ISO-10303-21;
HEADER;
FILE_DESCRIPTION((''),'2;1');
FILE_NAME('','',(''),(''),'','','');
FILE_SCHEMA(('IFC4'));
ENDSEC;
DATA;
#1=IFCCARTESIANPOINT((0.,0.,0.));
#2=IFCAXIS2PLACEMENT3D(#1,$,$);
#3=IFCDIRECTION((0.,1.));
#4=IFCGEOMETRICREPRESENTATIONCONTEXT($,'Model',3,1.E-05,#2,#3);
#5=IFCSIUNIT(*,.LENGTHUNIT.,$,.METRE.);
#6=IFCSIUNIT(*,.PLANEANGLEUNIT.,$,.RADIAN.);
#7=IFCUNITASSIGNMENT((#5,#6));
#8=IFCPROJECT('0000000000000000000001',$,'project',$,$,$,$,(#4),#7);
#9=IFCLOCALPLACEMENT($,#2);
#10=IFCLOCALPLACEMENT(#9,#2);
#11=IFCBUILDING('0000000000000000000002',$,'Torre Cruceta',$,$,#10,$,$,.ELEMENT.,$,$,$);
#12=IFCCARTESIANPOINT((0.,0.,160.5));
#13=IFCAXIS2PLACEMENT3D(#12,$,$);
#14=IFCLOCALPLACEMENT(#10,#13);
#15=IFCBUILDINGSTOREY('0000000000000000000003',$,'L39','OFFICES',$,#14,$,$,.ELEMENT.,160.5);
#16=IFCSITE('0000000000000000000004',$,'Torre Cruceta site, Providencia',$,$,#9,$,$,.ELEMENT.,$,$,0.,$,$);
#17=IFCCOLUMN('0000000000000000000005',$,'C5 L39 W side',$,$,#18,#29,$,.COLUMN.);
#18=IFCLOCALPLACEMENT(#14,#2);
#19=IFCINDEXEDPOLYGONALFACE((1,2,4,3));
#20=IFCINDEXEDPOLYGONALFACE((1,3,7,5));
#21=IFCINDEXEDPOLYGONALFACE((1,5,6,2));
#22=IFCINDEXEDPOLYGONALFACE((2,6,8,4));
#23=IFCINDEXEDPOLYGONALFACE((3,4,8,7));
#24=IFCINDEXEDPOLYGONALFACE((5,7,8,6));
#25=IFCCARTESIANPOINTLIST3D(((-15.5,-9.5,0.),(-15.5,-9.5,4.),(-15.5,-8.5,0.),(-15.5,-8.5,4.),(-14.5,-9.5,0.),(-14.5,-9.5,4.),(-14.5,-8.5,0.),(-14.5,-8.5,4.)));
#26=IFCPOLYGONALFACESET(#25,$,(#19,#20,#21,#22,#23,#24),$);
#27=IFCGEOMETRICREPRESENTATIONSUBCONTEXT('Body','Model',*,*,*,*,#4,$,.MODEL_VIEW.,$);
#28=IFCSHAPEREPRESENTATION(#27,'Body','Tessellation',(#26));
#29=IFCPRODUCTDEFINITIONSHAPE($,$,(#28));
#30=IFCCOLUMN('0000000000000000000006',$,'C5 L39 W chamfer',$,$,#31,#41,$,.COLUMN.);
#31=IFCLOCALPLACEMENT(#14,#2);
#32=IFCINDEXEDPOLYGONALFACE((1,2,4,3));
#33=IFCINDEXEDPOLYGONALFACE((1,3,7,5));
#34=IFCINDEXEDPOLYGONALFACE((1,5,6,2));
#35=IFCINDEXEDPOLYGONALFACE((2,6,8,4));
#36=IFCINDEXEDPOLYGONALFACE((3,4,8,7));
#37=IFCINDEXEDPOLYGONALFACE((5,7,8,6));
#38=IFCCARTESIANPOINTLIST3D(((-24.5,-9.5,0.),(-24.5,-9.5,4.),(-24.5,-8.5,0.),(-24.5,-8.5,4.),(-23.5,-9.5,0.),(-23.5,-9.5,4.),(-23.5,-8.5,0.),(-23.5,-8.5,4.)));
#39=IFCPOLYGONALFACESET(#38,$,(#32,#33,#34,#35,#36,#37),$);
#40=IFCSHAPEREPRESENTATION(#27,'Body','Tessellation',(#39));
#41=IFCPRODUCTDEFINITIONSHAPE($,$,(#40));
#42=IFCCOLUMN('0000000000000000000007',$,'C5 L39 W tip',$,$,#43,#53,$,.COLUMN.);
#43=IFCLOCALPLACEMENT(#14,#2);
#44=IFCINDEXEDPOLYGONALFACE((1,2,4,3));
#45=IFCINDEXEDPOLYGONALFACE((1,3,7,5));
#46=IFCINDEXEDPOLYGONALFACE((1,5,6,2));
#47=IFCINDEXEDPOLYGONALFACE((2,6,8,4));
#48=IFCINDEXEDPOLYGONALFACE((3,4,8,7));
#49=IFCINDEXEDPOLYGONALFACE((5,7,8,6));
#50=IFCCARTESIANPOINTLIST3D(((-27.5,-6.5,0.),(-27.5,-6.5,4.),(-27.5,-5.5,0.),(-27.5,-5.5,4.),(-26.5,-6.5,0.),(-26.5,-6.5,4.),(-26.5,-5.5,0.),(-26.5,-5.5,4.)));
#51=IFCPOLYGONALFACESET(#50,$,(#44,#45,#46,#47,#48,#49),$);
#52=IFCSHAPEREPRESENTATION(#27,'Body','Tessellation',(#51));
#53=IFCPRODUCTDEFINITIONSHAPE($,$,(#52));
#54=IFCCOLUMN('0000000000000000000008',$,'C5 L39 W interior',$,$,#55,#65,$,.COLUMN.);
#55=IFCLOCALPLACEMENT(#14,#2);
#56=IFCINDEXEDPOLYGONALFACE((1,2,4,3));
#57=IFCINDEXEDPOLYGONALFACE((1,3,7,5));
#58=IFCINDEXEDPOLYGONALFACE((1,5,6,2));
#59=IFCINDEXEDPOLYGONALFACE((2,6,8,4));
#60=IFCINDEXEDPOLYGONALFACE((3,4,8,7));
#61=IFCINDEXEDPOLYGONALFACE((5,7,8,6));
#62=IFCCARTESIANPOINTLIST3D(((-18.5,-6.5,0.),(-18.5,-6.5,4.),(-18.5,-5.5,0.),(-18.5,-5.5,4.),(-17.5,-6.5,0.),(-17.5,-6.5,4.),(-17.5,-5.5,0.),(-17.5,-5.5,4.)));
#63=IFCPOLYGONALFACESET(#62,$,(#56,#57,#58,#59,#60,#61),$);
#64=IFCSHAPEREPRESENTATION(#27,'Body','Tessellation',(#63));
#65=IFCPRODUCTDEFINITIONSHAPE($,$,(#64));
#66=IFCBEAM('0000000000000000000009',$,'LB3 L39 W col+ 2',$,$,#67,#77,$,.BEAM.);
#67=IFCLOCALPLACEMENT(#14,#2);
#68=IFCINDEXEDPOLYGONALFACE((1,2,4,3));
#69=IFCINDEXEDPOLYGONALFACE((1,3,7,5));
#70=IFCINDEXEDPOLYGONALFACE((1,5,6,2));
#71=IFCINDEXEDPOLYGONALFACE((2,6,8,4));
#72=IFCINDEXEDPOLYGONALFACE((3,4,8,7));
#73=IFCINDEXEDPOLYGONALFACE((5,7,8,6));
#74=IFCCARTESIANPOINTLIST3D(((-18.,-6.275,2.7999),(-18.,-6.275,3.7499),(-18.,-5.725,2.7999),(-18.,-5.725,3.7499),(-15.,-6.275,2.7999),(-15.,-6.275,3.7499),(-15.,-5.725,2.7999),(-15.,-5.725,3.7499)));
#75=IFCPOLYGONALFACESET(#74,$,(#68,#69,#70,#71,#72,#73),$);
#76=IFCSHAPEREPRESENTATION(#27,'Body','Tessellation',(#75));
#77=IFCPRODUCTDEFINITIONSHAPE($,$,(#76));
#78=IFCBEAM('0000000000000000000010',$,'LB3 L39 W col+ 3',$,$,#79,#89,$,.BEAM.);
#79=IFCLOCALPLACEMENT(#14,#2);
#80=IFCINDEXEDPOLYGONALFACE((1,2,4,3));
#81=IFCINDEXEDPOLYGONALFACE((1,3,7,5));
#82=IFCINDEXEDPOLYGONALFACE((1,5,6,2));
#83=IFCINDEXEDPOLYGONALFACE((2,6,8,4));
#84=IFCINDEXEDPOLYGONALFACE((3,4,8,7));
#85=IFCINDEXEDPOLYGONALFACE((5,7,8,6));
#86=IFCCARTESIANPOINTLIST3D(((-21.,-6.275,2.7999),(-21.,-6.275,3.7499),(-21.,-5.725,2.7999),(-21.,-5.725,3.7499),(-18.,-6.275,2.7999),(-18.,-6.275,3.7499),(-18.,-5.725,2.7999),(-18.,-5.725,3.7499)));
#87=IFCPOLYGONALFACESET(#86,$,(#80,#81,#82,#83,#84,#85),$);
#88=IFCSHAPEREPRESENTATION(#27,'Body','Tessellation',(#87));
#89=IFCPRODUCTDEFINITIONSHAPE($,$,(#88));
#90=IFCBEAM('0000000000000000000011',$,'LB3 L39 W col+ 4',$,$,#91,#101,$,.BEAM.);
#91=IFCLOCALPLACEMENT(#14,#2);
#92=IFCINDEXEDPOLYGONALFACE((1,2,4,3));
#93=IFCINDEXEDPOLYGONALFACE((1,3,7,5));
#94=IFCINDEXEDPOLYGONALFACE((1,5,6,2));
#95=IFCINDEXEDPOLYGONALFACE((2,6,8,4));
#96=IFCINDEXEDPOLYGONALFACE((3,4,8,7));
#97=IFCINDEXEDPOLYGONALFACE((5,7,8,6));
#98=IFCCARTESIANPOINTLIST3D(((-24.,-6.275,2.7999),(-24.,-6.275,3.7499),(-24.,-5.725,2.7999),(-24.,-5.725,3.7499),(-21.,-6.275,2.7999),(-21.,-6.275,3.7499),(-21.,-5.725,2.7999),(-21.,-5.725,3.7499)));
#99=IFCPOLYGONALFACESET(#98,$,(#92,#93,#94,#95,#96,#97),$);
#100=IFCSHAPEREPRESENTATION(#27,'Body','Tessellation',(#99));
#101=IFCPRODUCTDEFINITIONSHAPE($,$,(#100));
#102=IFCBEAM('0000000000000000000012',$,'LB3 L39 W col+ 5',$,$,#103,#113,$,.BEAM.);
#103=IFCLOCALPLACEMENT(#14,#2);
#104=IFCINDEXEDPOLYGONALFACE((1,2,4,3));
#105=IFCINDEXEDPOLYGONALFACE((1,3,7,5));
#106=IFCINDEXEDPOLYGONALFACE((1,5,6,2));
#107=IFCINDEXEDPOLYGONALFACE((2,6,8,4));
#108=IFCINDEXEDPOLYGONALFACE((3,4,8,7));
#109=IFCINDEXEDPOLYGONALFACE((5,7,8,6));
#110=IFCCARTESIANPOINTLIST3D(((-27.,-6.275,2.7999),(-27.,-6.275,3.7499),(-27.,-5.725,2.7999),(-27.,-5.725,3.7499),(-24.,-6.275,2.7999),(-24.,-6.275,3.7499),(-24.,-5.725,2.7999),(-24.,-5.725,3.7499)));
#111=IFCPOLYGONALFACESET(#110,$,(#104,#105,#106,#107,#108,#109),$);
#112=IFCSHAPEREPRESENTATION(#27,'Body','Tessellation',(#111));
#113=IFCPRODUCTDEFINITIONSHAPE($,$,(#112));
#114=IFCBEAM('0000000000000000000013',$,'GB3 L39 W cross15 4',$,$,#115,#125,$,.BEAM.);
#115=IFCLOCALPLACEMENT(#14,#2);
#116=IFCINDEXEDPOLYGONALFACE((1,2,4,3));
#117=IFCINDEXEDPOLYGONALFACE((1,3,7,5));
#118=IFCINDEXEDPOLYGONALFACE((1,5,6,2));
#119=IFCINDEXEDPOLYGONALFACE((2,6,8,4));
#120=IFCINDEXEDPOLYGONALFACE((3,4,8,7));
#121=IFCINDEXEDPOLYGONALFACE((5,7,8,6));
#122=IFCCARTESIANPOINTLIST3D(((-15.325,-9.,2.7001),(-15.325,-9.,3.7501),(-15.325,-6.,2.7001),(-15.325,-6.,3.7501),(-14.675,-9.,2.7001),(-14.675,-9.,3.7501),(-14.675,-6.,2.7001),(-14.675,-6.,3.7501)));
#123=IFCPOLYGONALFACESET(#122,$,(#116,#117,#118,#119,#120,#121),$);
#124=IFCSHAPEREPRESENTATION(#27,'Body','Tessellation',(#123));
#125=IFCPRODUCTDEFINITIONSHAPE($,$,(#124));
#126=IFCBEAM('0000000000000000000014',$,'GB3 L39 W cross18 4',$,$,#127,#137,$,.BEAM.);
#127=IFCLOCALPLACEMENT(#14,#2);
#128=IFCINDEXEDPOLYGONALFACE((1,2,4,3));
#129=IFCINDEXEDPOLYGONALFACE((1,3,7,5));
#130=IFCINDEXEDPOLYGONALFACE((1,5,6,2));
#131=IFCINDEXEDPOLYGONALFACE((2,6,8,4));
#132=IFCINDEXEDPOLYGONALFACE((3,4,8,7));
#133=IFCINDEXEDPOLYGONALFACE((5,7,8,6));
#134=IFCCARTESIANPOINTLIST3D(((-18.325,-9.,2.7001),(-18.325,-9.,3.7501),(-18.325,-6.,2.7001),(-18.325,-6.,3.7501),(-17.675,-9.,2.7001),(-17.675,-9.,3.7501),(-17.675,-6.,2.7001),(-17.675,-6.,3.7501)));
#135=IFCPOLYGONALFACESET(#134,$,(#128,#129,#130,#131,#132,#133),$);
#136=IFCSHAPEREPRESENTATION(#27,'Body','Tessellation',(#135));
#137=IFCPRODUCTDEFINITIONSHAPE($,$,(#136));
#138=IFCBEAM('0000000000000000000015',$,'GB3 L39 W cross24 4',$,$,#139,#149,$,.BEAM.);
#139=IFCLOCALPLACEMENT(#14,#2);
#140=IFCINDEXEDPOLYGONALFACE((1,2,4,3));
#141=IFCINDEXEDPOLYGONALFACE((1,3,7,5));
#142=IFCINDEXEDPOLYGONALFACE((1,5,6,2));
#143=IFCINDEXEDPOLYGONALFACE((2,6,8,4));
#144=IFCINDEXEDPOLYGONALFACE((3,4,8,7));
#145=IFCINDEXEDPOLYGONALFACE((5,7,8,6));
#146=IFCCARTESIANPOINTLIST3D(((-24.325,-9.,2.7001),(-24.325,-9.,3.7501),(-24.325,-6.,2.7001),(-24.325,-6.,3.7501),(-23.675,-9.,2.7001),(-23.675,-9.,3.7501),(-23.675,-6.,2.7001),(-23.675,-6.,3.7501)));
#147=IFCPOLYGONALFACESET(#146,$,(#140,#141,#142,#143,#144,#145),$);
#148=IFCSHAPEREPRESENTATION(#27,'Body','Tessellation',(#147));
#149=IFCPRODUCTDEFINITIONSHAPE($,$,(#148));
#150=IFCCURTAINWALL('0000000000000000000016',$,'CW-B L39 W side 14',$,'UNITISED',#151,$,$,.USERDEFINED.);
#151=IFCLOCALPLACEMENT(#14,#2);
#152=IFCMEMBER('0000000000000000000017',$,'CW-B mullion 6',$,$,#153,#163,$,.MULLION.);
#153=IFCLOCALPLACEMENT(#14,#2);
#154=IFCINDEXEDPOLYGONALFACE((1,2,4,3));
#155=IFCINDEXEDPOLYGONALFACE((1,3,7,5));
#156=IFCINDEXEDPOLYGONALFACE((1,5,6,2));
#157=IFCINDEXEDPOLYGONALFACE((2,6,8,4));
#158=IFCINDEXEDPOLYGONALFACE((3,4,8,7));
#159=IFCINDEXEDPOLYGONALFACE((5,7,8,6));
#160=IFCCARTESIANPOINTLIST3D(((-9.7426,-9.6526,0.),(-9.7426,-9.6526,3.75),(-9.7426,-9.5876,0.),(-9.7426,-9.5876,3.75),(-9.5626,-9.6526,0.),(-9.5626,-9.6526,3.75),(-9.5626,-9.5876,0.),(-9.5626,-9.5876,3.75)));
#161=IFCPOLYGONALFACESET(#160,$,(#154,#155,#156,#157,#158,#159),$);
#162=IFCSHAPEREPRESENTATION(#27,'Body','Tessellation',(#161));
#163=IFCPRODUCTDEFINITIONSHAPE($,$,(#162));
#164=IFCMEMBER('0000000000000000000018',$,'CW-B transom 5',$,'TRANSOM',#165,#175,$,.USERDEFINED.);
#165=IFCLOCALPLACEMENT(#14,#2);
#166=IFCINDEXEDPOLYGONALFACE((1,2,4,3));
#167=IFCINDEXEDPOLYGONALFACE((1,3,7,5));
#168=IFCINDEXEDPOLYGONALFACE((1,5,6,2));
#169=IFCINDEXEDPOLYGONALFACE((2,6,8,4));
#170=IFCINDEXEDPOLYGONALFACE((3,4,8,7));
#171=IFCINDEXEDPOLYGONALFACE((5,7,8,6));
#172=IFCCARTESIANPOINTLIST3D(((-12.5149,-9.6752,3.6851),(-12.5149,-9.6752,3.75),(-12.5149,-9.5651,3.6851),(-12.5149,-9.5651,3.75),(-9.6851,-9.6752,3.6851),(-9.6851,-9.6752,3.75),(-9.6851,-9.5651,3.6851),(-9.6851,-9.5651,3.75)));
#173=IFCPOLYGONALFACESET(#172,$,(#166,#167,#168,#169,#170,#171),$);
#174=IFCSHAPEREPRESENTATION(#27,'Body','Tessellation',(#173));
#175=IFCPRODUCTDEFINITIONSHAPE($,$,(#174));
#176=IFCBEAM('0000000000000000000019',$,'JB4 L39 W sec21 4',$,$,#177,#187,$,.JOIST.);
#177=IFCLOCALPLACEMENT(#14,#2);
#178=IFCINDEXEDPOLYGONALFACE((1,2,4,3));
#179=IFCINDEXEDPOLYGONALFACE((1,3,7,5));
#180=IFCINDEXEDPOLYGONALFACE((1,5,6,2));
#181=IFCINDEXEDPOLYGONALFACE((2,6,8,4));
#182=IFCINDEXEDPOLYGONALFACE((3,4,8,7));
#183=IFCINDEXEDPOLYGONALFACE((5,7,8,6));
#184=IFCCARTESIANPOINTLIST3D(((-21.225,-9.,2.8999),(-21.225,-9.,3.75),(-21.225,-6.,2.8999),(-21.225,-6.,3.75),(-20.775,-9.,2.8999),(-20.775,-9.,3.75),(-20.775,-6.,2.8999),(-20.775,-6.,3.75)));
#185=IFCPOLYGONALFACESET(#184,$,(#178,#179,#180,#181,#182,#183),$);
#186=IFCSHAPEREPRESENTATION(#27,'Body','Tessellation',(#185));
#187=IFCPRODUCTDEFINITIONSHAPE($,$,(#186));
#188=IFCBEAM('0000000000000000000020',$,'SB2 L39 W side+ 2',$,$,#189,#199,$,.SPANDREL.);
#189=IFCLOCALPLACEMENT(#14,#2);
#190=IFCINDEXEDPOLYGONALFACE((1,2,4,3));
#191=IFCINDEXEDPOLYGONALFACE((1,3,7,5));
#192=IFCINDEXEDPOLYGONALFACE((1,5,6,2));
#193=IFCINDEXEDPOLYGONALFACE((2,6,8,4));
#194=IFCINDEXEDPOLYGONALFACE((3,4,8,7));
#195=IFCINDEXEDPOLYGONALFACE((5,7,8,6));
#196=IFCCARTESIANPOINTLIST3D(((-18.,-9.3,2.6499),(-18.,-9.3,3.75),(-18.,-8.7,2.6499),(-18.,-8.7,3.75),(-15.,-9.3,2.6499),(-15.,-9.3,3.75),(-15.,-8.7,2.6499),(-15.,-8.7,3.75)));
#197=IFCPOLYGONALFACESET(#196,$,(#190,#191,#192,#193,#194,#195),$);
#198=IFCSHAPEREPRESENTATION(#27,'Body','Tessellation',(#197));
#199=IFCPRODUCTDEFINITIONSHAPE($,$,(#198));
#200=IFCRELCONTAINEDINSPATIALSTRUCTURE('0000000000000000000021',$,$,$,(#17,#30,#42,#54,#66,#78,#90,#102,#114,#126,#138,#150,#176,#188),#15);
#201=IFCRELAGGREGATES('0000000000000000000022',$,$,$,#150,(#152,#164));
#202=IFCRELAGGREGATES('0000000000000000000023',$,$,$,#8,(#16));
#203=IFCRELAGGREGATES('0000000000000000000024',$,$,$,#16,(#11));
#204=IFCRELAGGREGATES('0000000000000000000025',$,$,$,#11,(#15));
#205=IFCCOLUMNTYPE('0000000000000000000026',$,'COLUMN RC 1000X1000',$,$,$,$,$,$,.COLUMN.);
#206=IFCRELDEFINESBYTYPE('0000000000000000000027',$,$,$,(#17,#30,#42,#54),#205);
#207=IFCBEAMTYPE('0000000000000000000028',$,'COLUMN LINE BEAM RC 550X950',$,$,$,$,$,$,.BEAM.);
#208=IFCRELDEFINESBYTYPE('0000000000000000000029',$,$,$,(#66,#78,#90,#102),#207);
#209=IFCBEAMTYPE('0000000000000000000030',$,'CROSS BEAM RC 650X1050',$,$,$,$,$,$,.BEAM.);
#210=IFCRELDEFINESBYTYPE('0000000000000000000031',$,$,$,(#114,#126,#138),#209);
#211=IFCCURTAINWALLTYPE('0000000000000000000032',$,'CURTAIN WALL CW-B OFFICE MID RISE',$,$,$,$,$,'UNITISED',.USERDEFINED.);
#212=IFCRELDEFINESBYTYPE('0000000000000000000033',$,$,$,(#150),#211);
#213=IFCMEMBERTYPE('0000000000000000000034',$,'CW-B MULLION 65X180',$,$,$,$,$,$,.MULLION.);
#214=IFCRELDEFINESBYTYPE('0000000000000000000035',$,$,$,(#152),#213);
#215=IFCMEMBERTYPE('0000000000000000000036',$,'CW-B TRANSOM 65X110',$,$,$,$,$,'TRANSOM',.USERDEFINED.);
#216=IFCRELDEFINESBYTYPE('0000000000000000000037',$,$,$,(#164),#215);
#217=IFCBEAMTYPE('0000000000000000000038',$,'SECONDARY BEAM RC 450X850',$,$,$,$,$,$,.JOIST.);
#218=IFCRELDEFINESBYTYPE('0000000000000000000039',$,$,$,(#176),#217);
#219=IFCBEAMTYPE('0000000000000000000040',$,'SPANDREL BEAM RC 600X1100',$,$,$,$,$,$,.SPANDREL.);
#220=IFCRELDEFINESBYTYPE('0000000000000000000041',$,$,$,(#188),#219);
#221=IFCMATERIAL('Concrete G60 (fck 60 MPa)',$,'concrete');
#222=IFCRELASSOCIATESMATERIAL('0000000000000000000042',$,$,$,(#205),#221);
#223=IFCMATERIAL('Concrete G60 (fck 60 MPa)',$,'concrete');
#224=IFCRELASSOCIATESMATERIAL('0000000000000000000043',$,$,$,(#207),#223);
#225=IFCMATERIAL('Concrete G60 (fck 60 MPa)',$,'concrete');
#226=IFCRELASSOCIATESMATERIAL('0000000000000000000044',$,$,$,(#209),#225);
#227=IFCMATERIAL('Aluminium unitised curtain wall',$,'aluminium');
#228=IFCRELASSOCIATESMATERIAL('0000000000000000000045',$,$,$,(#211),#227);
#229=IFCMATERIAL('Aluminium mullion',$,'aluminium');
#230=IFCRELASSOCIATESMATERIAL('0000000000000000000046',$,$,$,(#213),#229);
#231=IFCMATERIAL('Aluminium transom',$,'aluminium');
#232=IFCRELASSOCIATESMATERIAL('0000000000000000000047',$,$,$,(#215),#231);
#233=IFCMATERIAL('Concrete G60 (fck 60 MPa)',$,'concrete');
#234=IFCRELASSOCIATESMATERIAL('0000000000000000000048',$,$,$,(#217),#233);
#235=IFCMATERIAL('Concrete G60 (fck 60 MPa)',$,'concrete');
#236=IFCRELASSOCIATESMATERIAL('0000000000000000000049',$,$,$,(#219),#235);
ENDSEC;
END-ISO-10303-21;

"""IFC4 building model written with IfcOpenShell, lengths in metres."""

from ifc_helpers import new_model, si_unit, direction, frame, origin, origin_2d, place, context, subcontext, project, spatial, rectangle, extrude, material, material_profile, profile_set, type_object, element, aggregate, save


model = new_model("IFC4")

# Units and contexts
model_context = context("Model", 3, precision=1e-05, world=origin(), true_north=direction((0.0, 1.0)))
body_context = subcontext(model_context, "Body", "Model", "MODEL_VIEW")
ifc_project = project(units=[si_unit("LENGTHUNIT", "METRE"), si_unit("PLANEANGLEUNIT", "RADIAN")], contexts=[model_context])

# Site, building, storey
site_placement = place(None, origin())
site = spatial("IfcSite", under=ifc_project, at=site_placement, Name="Torre Cruceta site, Providencia", CompositionType="ELEMENT", RefElevation=0.0)
building_placement = place(site_placement, origin())
building = spatial("IfcBuilding", under=site, at=building_placement, Name="Torre Cruceta", CompositionType="ELEMENT")
storey_placement = place(building_placement, frame((0.0, 0.0, 160.5)))
storey = spatial("IfcBuildingStorey", under=building, at=storey_placement, Name="L39", Description="OFFICES", CompositionType="ELEMENT", Elevation=160.5)

# Columns
ifc_material_1 = material(Name="Concrete G60 (fck 60 MPa)", Category="concrete")
ifc_material_profile_1 = material_profile(ifc_material_1, rectangle(XDim=1.0, YDim=1.0, at=origin_2d()), Name="RC 1000X1000")
ifc_profile_set_1 = profile_set([ifc_material_profile_1], Name="Concrete G60 (fck 60 MPa)")
column_type = type_object("IfcColumnType", Name="COLUMN RC 1000X1000", PredefinedType="COLUMN", material=ifc_profile_set_1)
for number, where, z_axis, x_axis, name in (
    (1, (-15.0, -9.0, 0.0), (0.0, 0.0, 1.0), (1.0, 0.0, 0.0), "C5 L39 W side"),
    (2, (-24.0, -9.0, 0.0), (0.0, 0.0, 1.0), (1.0, 0.0, 0.0), "C5 L39 W chamfer"),
    (3, (-27.0, -6.0, 0.0), (0.0, 0.0, 1.0), (1.0, 0.0, 0.0), "C5 L39 W tip"),
    (4, (-18.0, -6.0, 0.0), (0.0, 0.0, 1.0), (1.0, 0.0, 0.0), "C5 L39 W interior"),
):
    element("IfcColumn", number, at=place(storey_placement, frame(where, z_axis=z_axis, x_axis=x_axis)), inside=storey, type_object=column_type, Name=name, PredefinedType="COLUMN", context=body_context, shape_type="SweptSolid", body=[
        extrude(rectangle(XDim=1.0, YDim=1.0, at=origin_2d()), origin(), (0.0, 0.0, 1.0), 4.0),
    ])

# Beams
ifc_material_2 = material(Name="Concrete G60 (fck 60 MPa)", Category="concrete")
ifc_material_profile_2 = material_profile(ifc_material_2, rectangle(XDim=0.55, YDim=0.95, at=origin_2d()), Name="RC 550X950")
ifc_profile_set_2 = profile_set([ifc_material_profile_2], Name="Concrete G60 (fck 60 MPa)")
beam_type_1 = type_object("IfcBeamType", Name="COLUMN LINE BEAM RC 550X950", PredefinedType="BEAM", material=ifc_profile_set_2)
for number, where, z_axis, x_axis, name in (
    (5, (-15.0, -6.0, 3.2749), (-1.0, 0.0, 0.0), (0.0, -1.0, 0.0), "LB3 L39 W col+ 2"),
    (6, (-18.0, -6.0, 3.2749), (-1.0, 0.0, 0.0), (0.0, -1.0, 0.0), "LB3 L39 W col+ 3"),
    (7, (-21.0, -6.0, 3.2749), (-1.0, 0.0, 0.0), (0.0, -1.0, 0.0), "LB3 L39 W col+ 4"),
    (8, (-24.0, -6.0, 3.2749), (-1.0, 0.0, 0.0), (0.0, -1.0, 0.0), "LB3 L39 W col+ 5"),
):
    element("IfcBeam", number, at=place(storey_placement, frame(where, z_axis=z_axis, x_axis=x_axis)), inside=storey, type_object=beam_type_1, Name=name, PredefinedType="BEAM", context=body_context, shape_type="SweptSolid", body=[
        extrude(rectangle(XDim=0.55, YDim=0.95, at=origin_2d()), origin(), (0.0, 0.0, 1.0), 3.0),
    ])
ifc_material_3 = material(Name="Concrete G60 (fck 60 MPa)", Category="concrete")
ifc_material_profile_3 = material_profile(ifc_material_3, rectangle(XDim=0.6499, YDim=1.05, at=origin_2d()), Name="RC 650X1050")
ifc_profile_set_3 = profile_set([ifc_material_profile_3], Name="Concrete G60 (fck 60 MPa)")
beam_type_2 = type_object("IfcBeamType", Name="CROSS BEAM RC 650X1050", PredefinedType="BEAM", material=ifc_profile_set_3)
for number, where, z_axis, x_axis, name in (
    (9, (-15.0, -6.0, 3.2251), (0.0, -1.0, 0.0), (1.0, 0.0, 0.0), "GB3 L39 W cross15 4"),
    (10, (-18.0, -6.0, 3.2251), (0.0, -1.0, 0.0), (1.0, 0.0, 0.0), "GB3 L39 W cross18 4"),
    (11, (-24.0, -6.0, 3.2251), (0.0, -1.0, 0.0), (1.0, 0.0, 0.0), "GB3 L39 W cross24 4"),
):
    element("IfcBeam", number, at=place(storey_placement, frame(where, z_axis=z_axis, x_axis=x_axis)), inside=storey, type_object=beam_type_2, Name=name, PredefinedType="BEAM", context=body_context, shape_type="SweptSolid", body=[
        extrude(rectangle(XDim=0.6499, YDim=1.05, at=origin_2d()), origin(), (0.0, 0.0, 1.0), 3.0),
    ])

# Curtain wall, members
ifc_material_4 = material(Name="Aluminium unitised curtain wall", Category="aluminium")
curtain_wall_type = type_object("IfcCurtainWallType", Name="CURTAIN WALL CW-B OFFICE MID RISE", ElementType="UNITISED", PredefinedType="USERDEFINED", material=ifc_material_4)
curtain_wall_placement = place(storey_placement, origin())
curtain_wall = element("IfcCurtainWall", 12, at=curtain_wall_placement, inside=storey, type_object=curtain_wall_type, Name="CW-B L39 W side 14", ObjectType="UNITISED", PredefinedType="USERDEFINED")
ifc_material_5 = material(Name="Aluminium mullion", Category="aluminium")
ifc_material_profile_4 = material_profile(ifc_material_5, rectangle(XDim=0.0649, YDim=0.1799, at=origin_2d()), Name="AL 65X180")
ifc_profile_set_4 = profile_set([ifc_material_profile_4], Name="Aluminium mullion")
member_type_1 = type_object("IfcMemberType", Name="CW-B MULLION 65X180", PredefinedType="MULLION", material=ifc_profile_set_4)
member_1_placement = place(storey_placement, frame((-9.6526, -9.6201, 0.0), z_axis=(0.0, 0.0, 1.0), x_axis=(0.0, 1.0, 0.0)))
member_1 = element("IfcMember", 13, at=member_1_placement, type_object=member_type_1, Name="CW-B mullion 6", PredefinedType="MULLION", context=body_context, shape_type="SweptSolid", body=[
    extrude(rectangle(XDim=0.0649, YDim=0.1799, at=origin_2d()), origin(), (0.0, 0.0, 1.0), 3.75),
])
ifc_material_6 = material(Name="Aluminium transom", Category="aluminium")
ifc_material_profile_5 = material_profile(ifc_material_6, rectangle(XDim=0.1101, YDim=0.0649, at=origin_2d()), Name="AL 110X65")
ifc_profile_set_5 = profile_set([ifc_material_profile_5], Name="Aluminium transom")
member_type_2 = type_object("IfcMemberType", Name="CW-B TRANSOM 65X110", ElementType="TRANSOM", PredefinedType="USERDEFINED", material=ifc_profile_set_5)
member_2_placement = place(storey_placement, frame((-12.5149, -9.6201, 3.7175), z_axis=(1.0, 0.0, 0.0), x_axis=(0.0, 1.0, 0.0)))
member_2 = element("IfcMember", 14, at=member_2_placement, type_object=member_type_2, Name="CW-B transom 5", ObjectType="TRANSOM", PredefinedType="USERDEFINED", context=body_context, shape_type="SweptSolid", body=[
    extrude(rectangle(XDim=0.1101, YDim=0.0649, at=origin_2d()), origin(), (0.0, 0.0, 1.0), 2.8298),
])

# Beams
ifc_material_7 = material(Name="Concrete G60 (fck 60 MPa)", Category="concrete")
ifc_material_profile_6 = material_profile(ifc_material_7, rectangle(XDim=0.45, YDim=0.8501, at=origin_2d()), Name="RC 450X850")
ifc_profile_set_6 = profile_set([ifc_material_profile_6], Name="Concrete G60 (fck 60 MPa)")
beam_type_3 = type_object("IfcBeamType", Name="SECONDARY BEAM RC 450X850", PredefinedType="JOIST", material=ifc_profile_set_6)
beam_1_placement = place(storey_placement, frame((-21.0, -6.0, 3.325), z_axis=(0.0, -1.0, 0.0), x_axis=(1.0, 0.0, 0.0)))
element("IfcBeam", 15, at=beam_1_placement, inside=storey, type_object=beam_type_3, Name="JB4 L39 W sec21 4", PredefinedType="JOIST", context=body_context, shape_type="SweptSolid", body=[
    extrude(rectangle(XDim=0.45, YDim=0.8501, at=origin_2d()), origin(), (0.0, 0.0, 1.0), 3.0),
])
ifc_material_8 = material(Name="Concrete G60 (fck 60 MPa)", Category="concrete")
ifc_material_profile_7 = material_profile(ifc_material_8, rectangle(XDim=0.6001, YDim=1.1001, at=origin_2d()), Name="RC 600X1100")
ifc_profile_set_7 = profile_set([ifc_material_profile_7], Name="Concrete G60 (fck 60 MPa)")
beam_type_4 = type_object("IfcBeamType", Name="SPANDREL BEAM RC 600X1100", PredefinedType="SPANDREL", material=ifc_profile_set_7)
for number, where, z_axis, x_axis, name in (
    (16, (-15.0, -9.0, 3.2), (-1.0, 0.0, 0.0), (0.0, -1.0, 0.0), "SB2 L39 W side+ 2"),
):
    element("IfcBeam", number, at=place(storey_placement, frame(where, z_axis=z_axis, x_axis=x_axis)), inside=storey, type_object=beam_type_4, Name=name, PredefinedType="SPANDREL", context=body_context, shape_type="SweptSolid", body=[
        extrude(rectangle(XDim=0.6001, YDim=1.1001, at=origin_2d()), origin(), (0.0, 0.0, 1.0), 3.0),
    ])

aggregate(curtain_wall, [member_1, member_2])

save(model, "model.ifc")
